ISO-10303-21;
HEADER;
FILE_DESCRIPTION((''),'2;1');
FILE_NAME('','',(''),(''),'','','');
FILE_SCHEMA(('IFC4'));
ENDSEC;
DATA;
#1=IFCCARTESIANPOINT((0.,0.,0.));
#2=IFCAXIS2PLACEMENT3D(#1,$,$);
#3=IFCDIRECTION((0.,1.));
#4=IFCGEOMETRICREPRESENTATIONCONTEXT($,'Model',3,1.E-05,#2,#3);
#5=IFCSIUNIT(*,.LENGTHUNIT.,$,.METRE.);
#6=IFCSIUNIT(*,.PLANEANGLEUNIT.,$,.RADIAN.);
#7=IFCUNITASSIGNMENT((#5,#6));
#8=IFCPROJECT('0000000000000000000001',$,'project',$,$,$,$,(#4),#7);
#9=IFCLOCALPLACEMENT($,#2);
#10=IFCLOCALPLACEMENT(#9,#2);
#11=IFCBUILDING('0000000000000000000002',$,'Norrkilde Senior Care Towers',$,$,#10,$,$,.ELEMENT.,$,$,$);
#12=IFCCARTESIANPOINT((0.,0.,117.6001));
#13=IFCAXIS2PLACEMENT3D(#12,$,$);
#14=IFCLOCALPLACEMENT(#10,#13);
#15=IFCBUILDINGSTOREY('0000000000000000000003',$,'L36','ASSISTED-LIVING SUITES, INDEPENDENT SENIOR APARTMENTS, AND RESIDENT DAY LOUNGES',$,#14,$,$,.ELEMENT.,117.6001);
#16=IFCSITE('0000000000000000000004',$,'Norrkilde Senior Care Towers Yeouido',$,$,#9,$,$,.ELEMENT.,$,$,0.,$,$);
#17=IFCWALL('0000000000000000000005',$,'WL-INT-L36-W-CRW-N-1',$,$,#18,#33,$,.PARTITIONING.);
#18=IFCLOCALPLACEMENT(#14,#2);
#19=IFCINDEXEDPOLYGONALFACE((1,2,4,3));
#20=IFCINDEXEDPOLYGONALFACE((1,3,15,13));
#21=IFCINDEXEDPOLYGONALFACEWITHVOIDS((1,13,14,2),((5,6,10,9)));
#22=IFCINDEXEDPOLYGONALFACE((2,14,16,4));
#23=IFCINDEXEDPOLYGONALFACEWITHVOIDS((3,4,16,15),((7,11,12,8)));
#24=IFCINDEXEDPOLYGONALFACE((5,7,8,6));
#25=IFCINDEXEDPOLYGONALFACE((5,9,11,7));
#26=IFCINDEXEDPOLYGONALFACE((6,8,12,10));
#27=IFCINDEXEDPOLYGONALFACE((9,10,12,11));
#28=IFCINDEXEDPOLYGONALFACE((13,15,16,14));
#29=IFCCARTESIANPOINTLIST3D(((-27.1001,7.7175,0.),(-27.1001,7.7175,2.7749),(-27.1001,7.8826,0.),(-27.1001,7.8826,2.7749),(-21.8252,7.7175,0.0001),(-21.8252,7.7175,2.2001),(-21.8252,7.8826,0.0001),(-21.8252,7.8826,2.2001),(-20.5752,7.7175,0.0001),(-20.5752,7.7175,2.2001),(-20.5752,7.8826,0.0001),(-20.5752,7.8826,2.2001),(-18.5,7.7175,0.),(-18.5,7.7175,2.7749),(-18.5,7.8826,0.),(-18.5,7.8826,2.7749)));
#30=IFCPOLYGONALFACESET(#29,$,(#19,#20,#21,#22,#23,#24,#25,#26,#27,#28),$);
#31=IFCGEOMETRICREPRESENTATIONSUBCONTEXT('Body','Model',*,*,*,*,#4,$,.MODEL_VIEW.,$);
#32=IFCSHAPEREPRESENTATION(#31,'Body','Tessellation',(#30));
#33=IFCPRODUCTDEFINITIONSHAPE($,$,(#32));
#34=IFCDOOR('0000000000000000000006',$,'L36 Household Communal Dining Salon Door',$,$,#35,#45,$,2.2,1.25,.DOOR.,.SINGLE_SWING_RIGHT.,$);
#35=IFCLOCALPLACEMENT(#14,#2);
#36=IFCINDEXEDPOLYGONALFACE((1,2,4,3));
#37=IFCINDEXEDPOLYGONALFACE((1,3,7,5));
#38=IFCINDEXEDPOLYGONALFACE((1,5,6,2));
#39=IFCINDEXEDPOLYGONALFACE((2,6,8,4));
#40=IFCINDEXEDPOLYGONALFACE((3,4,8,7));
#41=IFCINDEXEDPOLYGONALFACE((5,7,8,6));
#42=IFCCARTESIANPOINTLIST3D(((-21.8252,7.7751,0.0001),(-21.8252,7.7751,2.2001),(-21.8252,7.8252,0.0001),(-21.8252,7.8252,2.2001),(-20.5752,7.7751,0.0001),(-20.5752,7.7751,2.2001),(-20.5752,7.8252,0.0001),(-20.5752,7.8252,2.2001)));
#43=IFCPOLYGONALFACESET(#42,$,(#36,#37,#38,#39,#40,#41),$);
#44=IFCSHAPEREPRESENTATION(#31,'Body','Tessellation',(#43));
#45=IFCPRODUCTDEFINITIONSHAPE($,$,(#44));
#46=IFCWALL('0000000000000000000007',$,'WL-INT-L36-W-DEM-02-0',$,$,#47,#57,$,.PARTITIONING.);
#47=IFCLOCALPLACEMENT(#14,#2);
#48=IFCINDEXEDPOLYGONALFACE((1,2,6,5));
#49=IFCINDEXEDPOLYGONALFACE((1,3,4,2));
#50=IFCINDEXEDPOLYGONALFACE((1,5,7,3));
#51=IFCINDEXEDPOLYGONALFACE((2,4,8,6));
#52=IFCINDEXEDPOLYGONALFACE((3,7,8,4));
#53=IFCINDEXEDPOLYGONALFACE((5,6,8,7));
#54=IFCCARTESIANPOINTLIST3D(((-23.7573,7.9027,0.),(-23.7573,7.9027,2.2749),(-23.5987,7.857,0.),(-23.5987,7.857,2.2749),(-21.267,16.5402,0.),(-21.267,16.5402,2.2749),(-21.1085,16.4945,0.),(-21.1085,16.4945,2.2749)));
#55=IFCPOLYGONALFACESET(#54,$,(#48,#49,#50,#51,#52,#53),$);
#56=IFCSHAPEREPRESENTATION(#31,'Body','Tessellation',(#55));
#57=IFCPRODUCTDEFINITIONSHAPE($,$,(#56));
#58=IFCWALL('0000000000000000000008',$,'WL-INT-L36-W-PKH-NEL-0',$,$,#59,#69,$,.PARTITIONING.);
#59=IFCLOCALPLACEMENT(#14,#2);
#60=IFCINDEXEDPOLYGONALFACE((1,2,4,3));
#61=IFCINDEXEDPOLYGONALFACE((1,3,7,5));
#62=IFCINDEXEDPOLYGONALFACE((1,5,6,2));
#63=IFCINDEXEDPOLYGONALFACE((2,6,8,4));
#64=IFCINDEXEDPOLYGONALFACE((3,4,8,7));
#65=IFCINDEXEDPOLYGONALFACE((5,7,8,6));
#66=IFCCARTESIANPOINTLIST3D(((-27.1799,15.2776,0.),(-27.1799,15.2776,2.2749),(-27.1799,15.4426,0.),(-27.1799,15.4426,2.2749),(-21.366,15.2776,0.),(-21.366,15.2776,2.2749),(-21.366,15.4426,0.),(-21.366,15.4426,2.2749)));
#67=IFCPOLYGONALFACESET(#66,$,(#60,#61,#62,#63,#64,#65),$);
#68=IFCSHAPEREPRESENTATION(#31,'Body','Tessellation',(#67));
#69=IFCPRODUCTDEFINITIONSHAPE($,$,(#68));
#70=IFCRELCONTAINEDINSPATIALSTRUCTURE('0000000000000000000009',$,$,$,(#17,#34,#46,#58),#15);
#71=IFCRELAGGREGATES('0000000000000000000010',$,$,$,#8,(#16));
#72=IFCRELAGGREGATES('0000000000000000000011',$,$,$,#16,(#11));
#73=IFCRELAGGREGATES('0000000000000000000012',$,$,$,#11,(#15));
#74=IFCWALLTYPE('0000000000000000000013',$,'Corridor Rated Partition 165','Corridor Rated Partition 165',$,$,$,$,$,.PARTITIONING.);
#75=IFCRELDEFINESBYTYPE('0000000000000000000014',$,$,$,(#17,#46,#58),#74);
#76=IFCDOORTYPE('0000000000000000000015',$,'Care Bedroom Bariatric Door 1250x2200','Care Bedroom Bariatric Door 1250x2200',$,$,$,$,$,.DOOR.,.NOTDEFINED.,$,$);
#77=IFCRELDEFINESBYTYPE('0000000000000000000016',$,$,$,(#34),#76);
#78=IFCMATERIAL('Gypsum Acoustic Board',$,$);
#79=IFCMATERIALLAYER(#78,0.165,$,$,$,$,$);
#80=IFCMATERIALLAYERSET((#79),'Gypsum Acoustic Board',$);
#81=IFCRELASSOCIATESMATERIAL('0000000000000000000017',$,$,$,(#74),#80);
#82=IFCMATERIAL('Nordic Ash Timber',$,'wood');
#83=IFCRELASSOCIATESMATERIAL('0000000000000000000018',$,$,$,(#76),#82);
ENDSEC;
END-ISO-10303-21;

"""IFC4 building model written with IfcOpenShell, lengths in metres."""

from ifc_helpers import new_model, si_unit, direction, frame, frame_2d, origin, place, context, subcontext, project, spatial, rectangle, extrude, source, transform, mapped, material, layer, layer_set, type_object, type_shapes, element, fill, save


model = new_model("IFC4")

# Units and contexts
model_context = context("Model", 3, precision=1e-05, world=origin(), true_north=direction((0.0, 1.0)))
body_context = subcontext(model_context, "Body", "Model", "MODEL_VIEW")
ifc_project = project(units=[si_unit("LENGTHUNIT", "METRE"), si_unit("PLANEANGLEUNIT", "RADIAN")], contexts=[model_context])

# Site, building, storey
site_placement = place(None, origin())
site = spatial("IfcSite", under=ifc_project, at=site_placement, Name="Norrkilde Senior Care Towers Yeouido", CompositionType="ELEMENT", RefElevation=0.0)
building_placement = place(site_placement, origin())
building = spatial("IfcBuilding", under=site, at=building_placement, Name="Norrkilde Senior Care Towers", CompositionType="ELEMENT")
storey_placement = place(building_placement, frame((0.0, 0.0, 117.6001)))
storey = spatial("IfcBuildingStorey", under=building, at=storey_placement, Name="L36", Description="ASSISTED-LIVING SUITES, INDEPENDENT SENIOR APARTMENTS, AND RESIDENT DAY LOUNGES", CompositionType="ELEMENT", Elevation=117.6001)

# Shared definitions
ifc_material_1 = material(Name="Gypsum Acoustic Board")
ifc_layer_1 = layer(ifc_material_1, 0.165)
ifc_layer_set_1 = layer_set([ifc_layer_1], Name="Gypsum Acoustic Board")
wall_type = type_object("IfcWallType", Name="Corridor Rated Partition 165", Description="Corridor Rated Partition 165", PredefinedType="PARTITIONING", material=ifc_layer_set_1)
ifc_material_2 = material(Name="Nordic Ash Timber", Category="wood")

# Wall, opening, door
shared_shape_1 = source(origin(), body_context, "Body", "SweptSolid", [
    extrude(rectangle(XDim=8.6001, YDim=0.165, at=frame_2d((4.3, 0.0))), origin(), (0.0, 0.0, 1.0), 2.7749),
])
wall_1_placement = place(storey_placement, frame((-27.1001, 7.8, 0.0), z_axis=(0.0, 0.0, 1.0), x_axis=(1.0, 0.0, 0.0)))
wall_1 = element("IfcWall", 1, at=wall_1_placement, inside=storey, type_object=wall_type, Name="WL-INT-L36-W-CRW-N-1", PredefinedType="PARTITIONING", context=body_context, shape_type="MappedRepresentation", body=[
    mapped(shared_shape_1, transform((0.0, 0.0, 0.0), x_axis=(1.0, 0.0, 0.0), y_axis=(0.0, 1.0, 0.0), z_axis=(0.0, 0.0, 1.0), scale=1.0)),
])
opening_1_placement = place(wall_1_placement, frame((5.2749, 0.0, 0.0)))
opening_1 = element("IfcOpeningElement", 2, at=opening_1_placement, cuts=wall_1, PredefinedType="OPENING", context=body_context, shape_type="SweptSolid", body=[
    extrude(rectangle(XDim=1.25, YDim=2.2, at=frame_2d((0.625, 1.1001))), frame((0.0, 0.0925, 0.0), z_axis=(0.0, -1.0, 0.0), x_axis=(1.0, 0.0, 0.0)), (0.0, 0.0, 1.0), 0.1851),
])
door_type_1 = type_object("IfcDoorType", Name="Care Bedroom Bariatric Door 1250x2200", Description="Care Bedroom Bariatric Door 1250x2200", OperationType="NOTDEFINED", PredefinedType="DOOR", material=ifc_material_2)
shared_shape_2 = source(origin(), body_context, "Body", "SweptSolid", [
    extrude(rectangle(XDim=1.25, YDim=2.2, at=frame_2d((0.625, 1.1001))), frame((0.0, 0.0249, 0.0), z_axis=(0.0, -1.0, 0.0), x_axis=(1.0, 0.0, 0.0)), (0.0, 0.0, 1.0), 0.05),
])
type_shapes(door_type_1, [shared_shape_2])
door_1_placement = place(opening_1_placement, frame((1.25, 0.0, 0.0), z_axis=(0.0, 0.0, 1.0), x_axis=(-1.0, 0.0, 0.0)))
door_1 = element("IfcDoor", 3, at=door_1_placement, inside=storey, type_object=door_type_1, Name="L36 Household Communal Dining Salon Door", OperationType="SINGLE_SWING_RIGHT", OverallHeight=2.2, OverallWidth=1.25, PredefinedType="DOOR", context=body_context, shape_type="MappedRepresentation", body=[
    mapped(shared_shape_2, transform((0.0, 0.0, 0.0), x_axis=(1.0, 0.0, 0.0), y_axis=(0.0, 1.0, 0.0), z_axis=(0.0, 0.0, 1.0), scale=1.0)),
])
fill(opening_1, door_1)

# Walls
shared_shape_3 = source(origin(), body_context, "Body", "SweptSolid", [
    extrude(rectangle(XDim=8.9893, YDim=0.165, at=frame_2d((4.4946, 0.0))), origin(), (0.0, 0.0, 1.0), 2.2749),
])
wall_2_placement = place(storey_placement, frame((-23.678, 7.8799, 0.0), z_axis=(0.0, 0.0, 1.0), x_axis=(0.277023, 0.960863, 0.0)))
element("IfcWall", 4, at=wall_2_placement, inside=storey, type_object=wall_type, Name="WL-INT-L36-W-DEM-02-0", PredefinedType="PARTITIONING", context=body_context, shape_type="MappedRepresentation", body=[
    mapped(shared_shape_3, transform((0.0, 0.0, 0.0), x_axis=(1.0, 0.0, 0.0), y_axis=(0.0, 1.0, 0.0), z_axis=(0.0, 0.0, 1.0), scale=1.0)),
])
shared_shape_4 = source(origin(), body_context, "Body", "SweptSolid", [
    extrude(rectangle(XDim=5.814, YDim=0.165, at=frame_2d((2.907, 0.0))), origin(), (0.0, 0.0, 1.0), 2.2749),
])
wall_3_placement = place(storey_placement, frame((-27.1799, 15.3601, 0.0), z_axis=(0.0, 0.0, 1.0), x_axis=(1.0, 0.0, 0.0)))
element("IfcWall", 5, at=wall_3_placement, inside=storey, type_object=wall_type, Name="WL-INT-L36-W-PKH-NEL-0", PredefinedType="PARTITIONING", context=body_context, shape_type="MappedRepresentation", body=[
    mapped(shared_shape_4, transform((0.0, 0.0, 0.0), x_axis=(1.0, 0.0, 0.0), y_axis=(0.0, 1.0, 0.0), z_axis=(0.0, 0.0, 1.0), scale=1.0)),
])

save(model, "model.ifc")
